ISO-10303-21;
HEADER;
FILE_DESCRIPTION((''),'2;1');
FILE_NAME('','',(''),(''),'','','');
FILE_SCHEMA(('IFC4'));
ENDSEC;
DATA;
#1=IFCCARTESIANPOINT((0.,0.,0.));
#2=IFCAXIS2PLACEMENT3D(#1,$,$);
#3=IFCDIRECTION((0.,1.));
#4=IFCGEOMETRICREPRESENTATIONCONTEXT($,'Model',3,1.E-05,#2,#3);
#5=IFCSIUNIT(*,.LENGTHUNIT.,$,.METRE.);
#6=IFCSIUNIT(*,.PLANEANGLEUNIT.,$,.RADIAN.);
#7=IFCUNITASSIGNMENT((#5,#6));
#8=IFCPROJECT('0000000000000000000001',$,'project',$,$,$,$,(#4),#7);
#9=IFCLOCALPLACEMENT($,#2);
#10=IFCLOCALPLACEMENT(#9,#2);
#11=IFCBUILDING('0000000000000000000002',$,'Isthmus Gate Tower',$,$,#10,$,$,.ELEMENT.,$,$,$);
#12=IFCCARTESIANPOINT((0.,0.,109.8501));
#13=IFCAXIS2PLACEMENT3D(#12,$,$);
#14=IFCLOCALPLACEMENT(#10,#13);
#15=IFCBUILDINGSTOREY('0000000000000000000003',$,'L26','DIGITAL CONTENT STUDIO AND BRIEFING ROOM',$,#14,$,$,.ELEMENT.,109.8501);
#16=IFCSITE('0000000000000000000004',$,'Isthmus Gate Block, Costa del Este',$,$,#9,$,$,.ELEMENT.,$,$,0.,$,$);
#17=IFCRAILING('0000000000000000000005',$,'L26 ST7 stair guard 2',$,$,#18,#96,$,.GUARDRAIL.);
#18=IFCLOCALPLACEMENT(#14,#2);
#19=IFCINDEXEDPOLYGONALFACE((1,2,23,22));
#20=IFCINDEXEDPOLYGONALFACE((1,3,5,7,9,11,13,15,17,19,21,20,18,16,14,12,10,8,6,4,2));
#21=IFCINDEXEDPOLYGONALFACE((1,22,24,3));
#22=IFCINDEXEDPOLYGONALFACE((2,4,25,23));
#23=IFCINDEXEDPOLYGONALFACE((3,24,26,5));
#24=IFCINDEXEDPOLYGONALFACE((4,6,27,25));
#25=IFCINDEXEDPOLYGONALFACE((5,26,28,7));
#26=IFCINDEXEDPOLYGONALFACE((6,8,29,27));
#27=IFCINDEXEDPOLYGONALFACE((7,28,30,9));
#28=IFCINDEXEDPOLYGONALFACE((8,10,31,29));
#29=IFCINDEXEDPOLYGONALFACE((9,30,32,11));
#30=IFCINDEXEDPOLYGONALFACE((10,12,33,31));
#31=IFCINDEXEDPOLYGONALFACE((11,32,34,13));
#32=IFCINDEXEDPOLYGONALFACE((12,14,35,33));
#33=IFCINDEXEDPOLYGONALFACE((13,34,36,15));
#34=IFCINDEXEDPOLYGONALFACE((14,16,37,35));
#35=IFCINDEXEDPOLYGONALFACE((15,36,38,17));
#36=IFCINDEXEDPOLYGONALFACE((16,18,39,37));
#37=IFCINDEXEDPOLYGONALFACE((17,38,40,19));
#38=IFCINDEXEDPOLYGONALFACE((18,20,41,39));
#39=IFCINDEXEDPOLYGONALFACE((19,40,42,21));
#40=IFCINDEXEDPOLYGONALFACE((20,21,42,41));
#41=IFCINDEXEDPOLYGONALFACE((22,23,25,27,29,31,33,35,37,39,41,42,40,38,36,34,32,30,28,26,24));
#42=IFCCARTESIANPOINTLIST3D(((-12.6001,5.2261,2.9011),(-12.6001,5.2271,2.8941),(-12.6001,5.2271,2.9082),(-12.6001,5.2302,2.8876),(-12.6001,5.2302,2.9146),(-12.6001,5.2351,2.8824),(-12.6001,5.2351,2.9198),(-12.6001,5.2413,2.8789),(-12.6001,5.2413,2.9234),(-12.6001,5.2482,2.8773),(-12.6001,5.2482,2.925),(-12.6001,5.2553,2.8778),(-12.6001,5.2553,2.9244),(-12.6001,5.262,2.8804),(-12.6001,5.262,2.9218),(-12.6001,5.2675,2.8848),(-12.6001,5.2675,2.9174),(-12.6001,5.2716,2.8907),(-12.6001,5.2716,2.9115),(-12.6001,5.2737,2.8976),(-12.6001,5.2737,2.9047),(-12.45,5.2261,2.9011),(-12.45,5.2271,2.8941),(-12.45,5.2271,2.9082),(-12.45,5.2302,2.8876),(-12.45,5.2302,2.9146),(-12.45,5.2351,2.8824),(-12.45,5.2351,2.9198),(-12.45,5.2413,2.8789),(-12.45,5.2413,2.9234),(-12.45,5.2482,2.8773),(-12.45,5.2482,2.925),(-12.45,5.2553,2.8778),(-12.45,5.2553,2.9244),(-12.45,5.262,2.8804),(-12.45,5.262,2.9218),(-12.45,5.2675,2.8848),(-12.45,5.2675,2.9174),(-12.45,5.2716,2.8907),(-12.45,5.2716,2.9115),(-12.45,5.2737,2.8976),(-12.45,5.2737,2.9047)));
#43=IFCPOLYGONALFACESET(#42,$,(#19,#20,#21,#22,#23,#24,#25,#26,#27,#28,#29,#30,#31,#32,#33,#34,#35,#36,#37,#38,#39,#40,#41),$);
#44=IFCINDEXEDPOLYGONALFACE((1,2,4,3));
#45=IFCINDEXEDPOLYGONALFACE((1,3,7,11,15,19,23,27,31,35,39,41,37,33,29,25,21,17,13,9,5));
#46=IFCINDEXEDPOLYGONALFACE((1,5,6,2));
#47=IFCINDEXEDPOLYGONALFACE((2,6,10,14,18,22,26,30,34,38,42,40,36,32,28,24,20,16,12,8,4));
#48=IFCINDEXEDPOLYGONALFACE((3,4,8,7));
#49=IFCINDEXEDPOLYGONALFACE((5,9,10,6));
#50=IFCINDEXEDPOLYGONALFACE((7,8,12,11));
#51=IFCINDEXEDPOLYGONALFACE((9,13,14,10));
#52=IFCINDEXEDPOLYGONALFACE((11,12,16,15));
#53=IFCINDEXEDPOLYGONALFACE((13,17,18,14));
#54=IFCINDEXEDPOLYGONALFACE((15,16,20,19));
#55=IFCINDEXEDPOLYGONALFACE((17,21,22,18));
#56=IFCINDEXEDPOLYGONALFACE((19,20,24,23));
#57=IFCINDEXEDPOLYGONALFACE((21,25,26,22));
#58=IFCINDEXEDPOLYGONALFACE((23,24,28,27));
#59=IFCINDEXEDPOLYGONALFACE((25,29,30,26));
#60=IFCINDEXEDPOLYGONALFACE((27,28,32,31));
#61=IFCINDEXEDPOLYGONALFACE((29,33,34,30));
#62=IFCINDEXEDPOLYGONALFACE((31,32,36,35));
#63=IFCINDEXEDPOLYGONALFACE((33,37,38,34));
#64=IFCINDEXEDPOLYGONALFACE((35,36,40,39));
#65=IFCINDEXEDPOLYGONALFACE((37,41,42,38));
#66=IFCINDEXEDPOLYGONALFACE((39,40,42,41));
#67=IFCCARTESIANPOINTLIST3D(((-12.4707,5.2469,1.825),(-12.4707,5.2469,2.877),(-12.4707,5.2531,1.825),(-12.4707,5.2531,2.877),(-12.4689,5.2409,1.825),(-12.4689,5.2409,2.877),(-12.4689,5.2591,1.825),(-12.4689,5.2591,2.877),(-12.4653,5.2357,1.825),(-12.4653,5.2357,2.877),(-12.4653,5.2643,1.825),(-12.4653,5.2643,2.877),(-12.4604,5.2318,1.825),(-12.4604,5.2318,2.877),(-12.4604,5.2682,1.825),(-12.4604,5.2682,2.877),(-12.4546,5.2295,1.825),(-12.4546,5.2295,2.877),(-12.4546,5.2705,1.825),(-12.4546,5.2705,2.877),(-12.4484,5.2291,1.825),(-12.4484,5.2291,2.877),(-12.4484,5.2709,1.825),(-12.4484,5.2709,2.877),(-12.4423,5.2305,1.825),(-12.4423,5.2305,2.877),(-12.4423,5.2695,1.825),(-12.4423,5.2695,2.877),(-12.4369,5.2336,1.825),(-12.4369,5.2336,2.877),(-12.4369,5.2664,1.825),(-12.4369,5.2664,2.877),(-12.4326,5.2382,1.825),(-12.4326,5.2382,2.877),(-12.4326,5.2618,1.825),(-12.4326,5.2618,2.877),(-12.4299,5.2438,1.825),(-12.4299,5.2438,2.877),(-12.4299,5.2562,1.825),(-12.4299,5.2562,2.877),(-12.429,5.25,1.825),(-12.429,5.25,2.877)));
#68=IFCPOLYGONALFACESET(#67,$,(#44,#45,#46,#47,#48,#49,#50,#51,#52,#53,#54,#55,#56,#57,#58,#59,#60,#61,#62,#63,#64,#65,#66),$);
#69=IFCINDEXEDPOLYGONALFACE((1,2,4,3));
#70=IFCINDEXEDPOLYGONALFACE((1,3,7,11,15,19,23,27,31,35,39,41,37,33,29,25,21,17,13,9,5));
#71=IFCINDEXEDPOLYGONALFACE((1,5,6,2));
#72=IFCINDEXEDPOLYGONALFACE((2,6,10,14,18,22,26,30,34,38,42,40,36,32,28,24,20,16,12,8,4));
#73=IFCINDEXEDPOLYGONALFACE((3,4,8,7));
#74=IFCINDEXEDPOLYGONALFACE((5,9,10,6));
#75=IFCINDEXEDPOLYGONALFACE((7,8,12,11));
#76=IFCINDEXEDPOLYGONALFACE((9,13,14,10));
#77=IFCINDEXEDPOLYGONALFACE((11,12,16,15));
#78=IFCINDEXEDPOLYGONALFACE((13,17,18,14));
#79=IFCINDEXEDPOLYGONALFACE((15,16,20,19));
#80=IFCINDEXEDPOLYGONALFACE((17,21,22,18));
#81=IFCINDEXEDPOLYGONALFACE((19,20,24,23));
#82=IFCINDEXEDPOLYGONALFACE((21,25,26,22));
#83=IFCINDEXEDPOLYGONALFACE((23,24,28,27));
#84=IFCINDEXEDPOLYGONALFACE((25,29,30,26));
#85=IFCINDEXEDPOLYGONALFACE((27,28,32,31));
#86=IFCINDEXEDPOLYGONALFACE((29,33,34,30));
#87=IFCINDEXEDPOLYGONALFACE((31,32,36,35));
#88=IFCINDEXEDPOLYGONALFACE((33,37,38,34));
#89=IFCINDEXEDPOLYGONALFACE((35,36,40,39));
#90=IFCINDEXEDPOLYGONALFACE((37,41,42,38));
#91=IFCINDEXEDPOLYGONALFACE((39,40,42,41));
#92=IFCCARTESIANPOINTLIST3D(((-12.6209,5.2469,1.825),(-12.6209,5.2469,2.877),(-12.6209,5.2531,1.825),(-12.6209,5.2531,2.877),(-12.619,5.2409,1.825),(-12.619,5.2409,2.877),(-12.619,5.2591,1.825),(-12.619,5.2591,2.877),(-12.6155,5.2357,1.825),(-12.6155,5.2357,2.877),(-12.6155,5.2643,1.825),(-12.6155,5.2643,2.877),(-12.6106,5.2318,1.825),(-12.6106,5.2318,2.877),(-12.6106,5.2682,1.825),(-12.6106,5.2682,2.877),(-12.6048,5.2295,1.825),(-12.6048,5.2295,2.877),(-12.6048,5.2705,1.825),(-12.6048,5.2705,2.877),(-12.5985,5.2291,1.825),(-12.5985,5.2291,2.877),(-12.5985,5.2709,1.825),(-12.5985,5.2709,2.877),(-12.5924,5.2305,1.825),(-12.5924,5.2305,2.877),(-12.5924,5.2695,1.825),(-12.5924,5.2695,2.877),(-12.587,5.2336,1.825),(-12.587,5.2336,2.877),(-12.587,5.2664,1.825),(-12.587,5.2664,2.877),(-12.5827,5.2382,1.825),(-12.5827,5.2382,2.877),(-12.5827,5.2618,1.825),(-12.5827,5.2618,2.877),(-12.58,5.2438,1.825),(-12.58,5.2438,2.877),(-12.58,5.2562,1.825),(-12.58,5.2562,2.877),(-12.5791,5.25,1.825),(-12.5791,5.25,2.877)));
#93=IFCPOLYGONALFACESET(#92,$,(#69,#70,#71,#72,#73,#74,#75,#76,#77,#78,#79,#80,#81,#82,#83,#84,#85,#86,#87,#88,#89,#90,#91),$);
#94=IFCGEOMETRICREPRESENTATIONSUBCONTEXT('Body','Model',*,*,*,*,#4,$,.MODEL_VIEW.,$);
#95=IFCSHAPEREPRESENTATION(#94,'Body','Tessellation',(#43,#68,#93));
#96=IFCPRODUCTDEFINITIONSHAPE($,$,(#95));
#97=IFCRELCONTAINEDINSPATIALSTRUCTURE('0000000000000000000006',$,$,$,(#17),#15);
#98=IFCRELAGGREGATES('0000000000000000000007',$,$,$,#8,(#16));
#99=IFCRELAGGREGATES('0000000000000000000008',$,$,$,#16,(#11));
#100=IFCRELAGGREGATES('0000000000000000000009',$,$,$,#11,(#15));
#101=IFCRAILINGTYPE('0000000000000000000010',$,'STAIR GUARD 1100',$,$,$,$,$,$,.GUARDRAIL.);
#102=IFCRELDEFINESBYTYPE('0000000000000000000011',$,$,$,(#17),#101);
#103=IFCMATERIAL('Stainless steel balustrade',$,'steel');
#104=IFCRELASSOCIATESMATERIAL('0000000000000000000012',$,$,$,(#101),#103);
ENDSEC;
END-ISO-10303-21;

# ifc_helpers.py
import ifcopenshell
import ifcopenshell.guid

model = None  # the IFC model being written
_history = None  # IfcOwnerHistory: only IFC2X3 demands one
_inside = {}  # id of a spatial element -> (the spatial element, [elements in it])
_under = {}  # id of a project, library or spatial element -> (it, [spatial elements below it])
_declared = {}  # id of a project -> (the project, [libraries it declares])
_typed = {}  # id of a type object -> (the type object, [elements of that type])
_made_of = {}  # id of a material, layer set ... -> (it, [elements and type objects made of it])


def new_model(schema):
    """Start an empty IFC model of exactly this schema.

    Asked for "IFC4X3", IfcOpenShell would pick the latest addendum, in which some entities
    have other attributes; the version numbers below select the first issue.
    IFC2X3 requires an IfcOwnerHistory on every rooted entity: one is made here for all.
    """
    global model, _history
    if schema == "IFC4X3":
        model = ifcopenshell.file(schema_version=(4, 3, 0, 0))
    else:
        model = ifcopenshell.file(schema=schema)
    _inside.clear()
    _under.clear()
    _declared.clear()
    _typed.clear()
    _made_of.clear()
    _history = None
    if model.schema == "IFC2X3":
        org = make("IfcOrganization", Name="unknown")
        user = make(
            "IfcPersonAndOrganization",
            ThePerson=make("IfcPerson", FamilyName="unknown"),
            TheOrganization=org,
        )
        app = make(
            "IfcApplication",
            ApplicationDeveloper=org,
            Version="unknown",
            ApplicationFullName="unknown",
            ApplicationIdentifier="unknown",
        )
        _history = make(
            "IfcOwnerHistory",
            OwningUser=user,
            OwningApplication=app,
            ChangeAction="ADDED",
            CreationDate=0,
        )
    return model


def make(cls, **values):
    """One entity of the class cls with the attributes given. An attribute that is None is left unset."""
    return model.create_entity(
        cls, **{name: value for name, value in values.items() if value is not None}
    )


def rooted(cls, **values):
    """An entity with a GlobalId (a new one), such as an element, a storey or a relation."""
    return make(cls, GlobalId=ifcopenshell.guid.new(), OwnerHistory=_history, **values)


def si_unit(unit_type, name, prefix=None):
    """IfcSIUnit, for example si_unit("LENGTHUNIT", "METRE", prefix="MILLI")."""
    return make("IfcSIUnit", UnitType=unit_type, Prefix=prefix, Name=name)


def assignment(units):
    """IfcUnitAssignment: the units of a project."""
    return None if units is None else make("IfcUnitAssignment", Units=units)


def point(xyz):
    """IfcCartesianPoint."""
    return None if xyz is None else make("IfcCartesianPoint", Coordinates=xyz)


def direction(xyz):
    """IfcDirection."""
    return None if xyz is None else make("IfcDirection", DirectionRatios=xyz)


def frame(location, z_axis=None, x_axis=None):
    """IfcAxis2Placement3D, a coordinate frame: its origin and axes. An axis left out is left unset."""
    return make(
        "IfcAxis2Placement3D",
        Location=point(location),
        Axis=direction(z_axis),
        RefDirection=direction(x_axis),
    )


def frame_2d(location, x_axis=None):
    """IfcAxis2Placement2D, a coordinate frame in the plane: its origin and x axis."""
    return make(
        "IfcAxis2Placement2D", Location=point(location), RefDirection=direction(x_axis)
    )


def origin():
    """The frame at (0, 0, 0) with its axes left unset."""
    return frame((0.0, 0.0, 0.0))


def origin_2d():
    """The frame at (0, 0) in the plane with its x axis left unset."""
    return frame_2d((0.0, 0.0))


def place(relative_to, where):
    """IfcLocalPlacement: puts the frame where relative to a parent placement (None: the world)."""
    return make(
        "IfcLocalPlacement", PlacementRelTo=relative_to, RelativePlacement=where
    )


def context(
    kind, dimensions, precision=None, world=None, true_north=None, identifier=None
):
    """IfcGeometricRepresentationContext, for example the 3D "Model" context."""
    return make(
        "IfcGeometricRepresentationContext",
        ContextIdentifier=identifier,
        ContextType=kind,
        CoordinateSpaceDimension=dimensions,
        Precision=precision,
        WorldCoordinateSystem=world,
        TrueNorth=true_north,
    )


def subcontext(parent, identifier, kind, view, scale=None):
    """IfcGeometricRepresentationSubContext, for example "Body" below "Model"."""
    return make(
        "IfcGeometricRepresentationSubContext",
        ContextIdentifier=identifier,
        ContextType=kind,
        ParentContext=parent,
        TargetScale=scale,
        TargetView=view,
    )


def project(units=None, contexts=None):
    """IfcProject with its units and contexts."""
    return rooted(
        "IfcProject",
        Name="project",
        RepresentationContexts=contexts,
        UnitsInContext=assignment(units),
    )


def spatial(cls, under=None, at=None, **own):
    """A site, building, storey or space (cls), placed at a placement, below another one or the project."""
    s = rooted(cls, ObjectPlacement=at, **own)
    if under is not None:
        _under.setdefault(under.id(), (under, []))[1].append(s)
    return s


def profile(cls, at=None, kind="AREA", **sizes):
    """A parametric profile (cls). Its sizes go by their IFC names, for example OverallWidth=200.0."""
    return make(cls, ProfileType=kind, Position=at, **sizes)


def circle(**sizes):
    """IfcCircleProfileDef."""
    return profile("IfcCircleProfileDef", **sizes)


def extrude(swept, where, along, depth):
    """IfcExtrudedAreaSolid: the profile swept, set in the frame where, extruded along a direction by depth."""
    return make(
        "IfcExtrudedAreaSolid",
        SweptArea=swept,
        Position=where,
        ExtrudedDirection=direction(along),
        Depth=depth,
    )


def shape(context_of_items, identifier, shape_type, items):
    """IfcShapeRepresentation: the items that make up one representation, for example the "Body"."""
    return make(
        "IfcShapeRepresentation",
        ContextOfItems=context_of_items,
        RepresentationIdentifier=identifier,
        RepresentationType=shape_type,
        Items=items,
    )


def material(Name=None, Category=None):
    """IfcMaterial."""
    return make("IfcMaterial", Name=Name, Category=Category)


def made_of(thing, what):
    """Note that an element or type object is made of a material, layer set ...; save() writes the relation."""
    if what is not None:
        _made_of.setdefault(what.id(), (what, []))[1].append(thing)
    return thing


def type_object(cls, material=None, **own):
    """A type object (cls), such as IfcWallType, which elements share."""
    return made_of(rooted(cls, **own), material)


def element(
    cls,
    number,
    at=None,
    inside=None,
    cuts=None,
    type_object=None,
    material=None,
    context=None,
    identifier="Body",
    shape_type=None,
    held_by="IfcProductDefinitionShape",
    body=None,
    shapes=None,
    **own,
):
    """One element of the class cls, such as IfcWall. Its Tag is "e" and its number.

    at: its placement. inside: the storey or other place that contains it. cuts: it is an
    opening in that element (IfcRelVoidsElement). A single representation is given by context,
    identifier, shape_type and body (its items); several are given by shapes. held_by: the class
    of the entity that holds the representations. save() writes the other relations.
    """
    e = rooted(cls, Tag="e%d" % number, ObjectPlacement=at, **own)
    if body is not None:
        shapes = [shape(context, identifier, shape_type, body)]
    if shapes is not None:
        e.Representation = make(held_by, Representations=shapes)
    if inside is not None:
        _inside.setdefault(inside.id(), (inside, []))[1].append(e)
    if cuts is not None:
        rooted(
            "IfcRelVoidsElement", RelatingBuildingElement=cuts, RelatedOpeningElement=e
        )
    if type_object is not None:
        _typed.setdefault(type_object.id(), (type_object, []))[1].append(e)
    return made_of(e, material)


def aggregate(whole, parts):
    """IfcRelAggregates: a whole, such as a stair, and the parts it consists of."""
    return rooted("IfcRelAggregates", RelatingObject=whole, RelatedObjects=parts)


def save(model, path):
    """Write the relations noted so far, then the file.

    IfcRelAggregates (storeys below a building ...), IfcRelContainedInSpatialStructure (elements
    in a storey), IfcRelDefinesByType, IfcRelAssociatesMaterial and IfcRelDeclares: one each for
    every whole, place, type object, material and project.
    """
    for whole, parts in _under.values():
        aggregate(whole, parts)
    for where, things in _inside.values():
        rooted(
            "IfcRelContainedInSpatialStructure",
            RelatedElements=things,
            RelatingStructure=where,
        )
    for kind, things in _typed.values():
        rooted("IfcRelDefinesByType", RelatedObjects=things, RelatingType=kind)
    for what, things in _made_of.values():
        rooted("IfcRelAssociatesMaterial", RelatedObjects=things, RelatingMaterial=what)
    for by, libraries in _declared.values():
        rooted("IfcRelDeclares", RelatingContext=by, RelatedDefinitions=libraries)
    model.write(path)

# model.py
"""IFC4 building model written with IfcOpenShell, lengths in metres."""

from ifc_helpers import new_model, si_unit, direction, frame, origin, origin_2d, place, context, subcontext, project, spatial, circle, extrude, material, type_object, element, save


model = new_model("IFC4")

# Units and contexts
model_context = context("Model", 3, precision=1e-05, world=origin(), true_north=direction((0.0, 1.0)))
body_context = subcontext(model_context, "Body", "Model", "MODEL_VIEW")
ifc_project = project(units=[si_unit("LENGTHUNIT", "METRE"), si_unit("PLANEANGLEUNIT", "RADIAN")], contexts=[model_context])

# Site, building, storey
site_placement = place(None, origin())
site = spatial("IfcSite", under=ifc_project, at=site_placement, Name="Isthmus Gate Block, Costa del Este", CompositionType="ELEMENT", RefElevation=0.0)
building_placement = place(site_placement, origin())
building = spatial("IfcBuilding", under=site, at=building_placement, Name="Isthmus Gate Tower", CompositionType="ELEMENT")
storey_placement = place(building_placement, frame((0.0, 0.0, 109.8501)))
storey = spatial("IfcBuildingStorey", under=building, at=storey_placement, Name="L26", Description="DIGITAL CONTENT STUDIO AND BRIEFING ROOM", CompositionType="ELEMENT", Elevation=109.8501)

# Railing
ifc_material_1 = material(Name="Stainless steel balustrade", Category="steel")
railing_type_1 = type_object("IfcRailingType", Name="STAIR GUARD 1100", PredefinedType="GUARDRAIL", material=ifc_material_1)
railing_1_placement = place(storey_placement, frame((-12.45, 5.25, 1.825)))
element("IfcRailing", 1, at=railing_1_placement, inside=storey, type_object=railing_type_1, Name="L26 ST7 stair guard 2", PredefinedType="GUARDRAIL", context=body_context, shape_type="SweptSolid", body=[
    extrude(circle(Radius=0.0239, at=origin_2d()), frame((0.0, 0.0, 1.0762), z_axis=(-1.0, 0.0, 0.0), x_axis=(0.0, -1.0, 0.0)), (0.0, 0.0, 1.0), 0.1501),
    extrude(circle(Radius=0.021, at=origin_2d()), origin(), (0.0, 0.0, 1.0), 1.052),
    extrude(circle(Radius=0.021, at=origin_2d()), frame((-0.1501, 0.0, 0.0)), (0.0, 0.0, 1.0), 1.052),
])

save(model, "model.ifc")
